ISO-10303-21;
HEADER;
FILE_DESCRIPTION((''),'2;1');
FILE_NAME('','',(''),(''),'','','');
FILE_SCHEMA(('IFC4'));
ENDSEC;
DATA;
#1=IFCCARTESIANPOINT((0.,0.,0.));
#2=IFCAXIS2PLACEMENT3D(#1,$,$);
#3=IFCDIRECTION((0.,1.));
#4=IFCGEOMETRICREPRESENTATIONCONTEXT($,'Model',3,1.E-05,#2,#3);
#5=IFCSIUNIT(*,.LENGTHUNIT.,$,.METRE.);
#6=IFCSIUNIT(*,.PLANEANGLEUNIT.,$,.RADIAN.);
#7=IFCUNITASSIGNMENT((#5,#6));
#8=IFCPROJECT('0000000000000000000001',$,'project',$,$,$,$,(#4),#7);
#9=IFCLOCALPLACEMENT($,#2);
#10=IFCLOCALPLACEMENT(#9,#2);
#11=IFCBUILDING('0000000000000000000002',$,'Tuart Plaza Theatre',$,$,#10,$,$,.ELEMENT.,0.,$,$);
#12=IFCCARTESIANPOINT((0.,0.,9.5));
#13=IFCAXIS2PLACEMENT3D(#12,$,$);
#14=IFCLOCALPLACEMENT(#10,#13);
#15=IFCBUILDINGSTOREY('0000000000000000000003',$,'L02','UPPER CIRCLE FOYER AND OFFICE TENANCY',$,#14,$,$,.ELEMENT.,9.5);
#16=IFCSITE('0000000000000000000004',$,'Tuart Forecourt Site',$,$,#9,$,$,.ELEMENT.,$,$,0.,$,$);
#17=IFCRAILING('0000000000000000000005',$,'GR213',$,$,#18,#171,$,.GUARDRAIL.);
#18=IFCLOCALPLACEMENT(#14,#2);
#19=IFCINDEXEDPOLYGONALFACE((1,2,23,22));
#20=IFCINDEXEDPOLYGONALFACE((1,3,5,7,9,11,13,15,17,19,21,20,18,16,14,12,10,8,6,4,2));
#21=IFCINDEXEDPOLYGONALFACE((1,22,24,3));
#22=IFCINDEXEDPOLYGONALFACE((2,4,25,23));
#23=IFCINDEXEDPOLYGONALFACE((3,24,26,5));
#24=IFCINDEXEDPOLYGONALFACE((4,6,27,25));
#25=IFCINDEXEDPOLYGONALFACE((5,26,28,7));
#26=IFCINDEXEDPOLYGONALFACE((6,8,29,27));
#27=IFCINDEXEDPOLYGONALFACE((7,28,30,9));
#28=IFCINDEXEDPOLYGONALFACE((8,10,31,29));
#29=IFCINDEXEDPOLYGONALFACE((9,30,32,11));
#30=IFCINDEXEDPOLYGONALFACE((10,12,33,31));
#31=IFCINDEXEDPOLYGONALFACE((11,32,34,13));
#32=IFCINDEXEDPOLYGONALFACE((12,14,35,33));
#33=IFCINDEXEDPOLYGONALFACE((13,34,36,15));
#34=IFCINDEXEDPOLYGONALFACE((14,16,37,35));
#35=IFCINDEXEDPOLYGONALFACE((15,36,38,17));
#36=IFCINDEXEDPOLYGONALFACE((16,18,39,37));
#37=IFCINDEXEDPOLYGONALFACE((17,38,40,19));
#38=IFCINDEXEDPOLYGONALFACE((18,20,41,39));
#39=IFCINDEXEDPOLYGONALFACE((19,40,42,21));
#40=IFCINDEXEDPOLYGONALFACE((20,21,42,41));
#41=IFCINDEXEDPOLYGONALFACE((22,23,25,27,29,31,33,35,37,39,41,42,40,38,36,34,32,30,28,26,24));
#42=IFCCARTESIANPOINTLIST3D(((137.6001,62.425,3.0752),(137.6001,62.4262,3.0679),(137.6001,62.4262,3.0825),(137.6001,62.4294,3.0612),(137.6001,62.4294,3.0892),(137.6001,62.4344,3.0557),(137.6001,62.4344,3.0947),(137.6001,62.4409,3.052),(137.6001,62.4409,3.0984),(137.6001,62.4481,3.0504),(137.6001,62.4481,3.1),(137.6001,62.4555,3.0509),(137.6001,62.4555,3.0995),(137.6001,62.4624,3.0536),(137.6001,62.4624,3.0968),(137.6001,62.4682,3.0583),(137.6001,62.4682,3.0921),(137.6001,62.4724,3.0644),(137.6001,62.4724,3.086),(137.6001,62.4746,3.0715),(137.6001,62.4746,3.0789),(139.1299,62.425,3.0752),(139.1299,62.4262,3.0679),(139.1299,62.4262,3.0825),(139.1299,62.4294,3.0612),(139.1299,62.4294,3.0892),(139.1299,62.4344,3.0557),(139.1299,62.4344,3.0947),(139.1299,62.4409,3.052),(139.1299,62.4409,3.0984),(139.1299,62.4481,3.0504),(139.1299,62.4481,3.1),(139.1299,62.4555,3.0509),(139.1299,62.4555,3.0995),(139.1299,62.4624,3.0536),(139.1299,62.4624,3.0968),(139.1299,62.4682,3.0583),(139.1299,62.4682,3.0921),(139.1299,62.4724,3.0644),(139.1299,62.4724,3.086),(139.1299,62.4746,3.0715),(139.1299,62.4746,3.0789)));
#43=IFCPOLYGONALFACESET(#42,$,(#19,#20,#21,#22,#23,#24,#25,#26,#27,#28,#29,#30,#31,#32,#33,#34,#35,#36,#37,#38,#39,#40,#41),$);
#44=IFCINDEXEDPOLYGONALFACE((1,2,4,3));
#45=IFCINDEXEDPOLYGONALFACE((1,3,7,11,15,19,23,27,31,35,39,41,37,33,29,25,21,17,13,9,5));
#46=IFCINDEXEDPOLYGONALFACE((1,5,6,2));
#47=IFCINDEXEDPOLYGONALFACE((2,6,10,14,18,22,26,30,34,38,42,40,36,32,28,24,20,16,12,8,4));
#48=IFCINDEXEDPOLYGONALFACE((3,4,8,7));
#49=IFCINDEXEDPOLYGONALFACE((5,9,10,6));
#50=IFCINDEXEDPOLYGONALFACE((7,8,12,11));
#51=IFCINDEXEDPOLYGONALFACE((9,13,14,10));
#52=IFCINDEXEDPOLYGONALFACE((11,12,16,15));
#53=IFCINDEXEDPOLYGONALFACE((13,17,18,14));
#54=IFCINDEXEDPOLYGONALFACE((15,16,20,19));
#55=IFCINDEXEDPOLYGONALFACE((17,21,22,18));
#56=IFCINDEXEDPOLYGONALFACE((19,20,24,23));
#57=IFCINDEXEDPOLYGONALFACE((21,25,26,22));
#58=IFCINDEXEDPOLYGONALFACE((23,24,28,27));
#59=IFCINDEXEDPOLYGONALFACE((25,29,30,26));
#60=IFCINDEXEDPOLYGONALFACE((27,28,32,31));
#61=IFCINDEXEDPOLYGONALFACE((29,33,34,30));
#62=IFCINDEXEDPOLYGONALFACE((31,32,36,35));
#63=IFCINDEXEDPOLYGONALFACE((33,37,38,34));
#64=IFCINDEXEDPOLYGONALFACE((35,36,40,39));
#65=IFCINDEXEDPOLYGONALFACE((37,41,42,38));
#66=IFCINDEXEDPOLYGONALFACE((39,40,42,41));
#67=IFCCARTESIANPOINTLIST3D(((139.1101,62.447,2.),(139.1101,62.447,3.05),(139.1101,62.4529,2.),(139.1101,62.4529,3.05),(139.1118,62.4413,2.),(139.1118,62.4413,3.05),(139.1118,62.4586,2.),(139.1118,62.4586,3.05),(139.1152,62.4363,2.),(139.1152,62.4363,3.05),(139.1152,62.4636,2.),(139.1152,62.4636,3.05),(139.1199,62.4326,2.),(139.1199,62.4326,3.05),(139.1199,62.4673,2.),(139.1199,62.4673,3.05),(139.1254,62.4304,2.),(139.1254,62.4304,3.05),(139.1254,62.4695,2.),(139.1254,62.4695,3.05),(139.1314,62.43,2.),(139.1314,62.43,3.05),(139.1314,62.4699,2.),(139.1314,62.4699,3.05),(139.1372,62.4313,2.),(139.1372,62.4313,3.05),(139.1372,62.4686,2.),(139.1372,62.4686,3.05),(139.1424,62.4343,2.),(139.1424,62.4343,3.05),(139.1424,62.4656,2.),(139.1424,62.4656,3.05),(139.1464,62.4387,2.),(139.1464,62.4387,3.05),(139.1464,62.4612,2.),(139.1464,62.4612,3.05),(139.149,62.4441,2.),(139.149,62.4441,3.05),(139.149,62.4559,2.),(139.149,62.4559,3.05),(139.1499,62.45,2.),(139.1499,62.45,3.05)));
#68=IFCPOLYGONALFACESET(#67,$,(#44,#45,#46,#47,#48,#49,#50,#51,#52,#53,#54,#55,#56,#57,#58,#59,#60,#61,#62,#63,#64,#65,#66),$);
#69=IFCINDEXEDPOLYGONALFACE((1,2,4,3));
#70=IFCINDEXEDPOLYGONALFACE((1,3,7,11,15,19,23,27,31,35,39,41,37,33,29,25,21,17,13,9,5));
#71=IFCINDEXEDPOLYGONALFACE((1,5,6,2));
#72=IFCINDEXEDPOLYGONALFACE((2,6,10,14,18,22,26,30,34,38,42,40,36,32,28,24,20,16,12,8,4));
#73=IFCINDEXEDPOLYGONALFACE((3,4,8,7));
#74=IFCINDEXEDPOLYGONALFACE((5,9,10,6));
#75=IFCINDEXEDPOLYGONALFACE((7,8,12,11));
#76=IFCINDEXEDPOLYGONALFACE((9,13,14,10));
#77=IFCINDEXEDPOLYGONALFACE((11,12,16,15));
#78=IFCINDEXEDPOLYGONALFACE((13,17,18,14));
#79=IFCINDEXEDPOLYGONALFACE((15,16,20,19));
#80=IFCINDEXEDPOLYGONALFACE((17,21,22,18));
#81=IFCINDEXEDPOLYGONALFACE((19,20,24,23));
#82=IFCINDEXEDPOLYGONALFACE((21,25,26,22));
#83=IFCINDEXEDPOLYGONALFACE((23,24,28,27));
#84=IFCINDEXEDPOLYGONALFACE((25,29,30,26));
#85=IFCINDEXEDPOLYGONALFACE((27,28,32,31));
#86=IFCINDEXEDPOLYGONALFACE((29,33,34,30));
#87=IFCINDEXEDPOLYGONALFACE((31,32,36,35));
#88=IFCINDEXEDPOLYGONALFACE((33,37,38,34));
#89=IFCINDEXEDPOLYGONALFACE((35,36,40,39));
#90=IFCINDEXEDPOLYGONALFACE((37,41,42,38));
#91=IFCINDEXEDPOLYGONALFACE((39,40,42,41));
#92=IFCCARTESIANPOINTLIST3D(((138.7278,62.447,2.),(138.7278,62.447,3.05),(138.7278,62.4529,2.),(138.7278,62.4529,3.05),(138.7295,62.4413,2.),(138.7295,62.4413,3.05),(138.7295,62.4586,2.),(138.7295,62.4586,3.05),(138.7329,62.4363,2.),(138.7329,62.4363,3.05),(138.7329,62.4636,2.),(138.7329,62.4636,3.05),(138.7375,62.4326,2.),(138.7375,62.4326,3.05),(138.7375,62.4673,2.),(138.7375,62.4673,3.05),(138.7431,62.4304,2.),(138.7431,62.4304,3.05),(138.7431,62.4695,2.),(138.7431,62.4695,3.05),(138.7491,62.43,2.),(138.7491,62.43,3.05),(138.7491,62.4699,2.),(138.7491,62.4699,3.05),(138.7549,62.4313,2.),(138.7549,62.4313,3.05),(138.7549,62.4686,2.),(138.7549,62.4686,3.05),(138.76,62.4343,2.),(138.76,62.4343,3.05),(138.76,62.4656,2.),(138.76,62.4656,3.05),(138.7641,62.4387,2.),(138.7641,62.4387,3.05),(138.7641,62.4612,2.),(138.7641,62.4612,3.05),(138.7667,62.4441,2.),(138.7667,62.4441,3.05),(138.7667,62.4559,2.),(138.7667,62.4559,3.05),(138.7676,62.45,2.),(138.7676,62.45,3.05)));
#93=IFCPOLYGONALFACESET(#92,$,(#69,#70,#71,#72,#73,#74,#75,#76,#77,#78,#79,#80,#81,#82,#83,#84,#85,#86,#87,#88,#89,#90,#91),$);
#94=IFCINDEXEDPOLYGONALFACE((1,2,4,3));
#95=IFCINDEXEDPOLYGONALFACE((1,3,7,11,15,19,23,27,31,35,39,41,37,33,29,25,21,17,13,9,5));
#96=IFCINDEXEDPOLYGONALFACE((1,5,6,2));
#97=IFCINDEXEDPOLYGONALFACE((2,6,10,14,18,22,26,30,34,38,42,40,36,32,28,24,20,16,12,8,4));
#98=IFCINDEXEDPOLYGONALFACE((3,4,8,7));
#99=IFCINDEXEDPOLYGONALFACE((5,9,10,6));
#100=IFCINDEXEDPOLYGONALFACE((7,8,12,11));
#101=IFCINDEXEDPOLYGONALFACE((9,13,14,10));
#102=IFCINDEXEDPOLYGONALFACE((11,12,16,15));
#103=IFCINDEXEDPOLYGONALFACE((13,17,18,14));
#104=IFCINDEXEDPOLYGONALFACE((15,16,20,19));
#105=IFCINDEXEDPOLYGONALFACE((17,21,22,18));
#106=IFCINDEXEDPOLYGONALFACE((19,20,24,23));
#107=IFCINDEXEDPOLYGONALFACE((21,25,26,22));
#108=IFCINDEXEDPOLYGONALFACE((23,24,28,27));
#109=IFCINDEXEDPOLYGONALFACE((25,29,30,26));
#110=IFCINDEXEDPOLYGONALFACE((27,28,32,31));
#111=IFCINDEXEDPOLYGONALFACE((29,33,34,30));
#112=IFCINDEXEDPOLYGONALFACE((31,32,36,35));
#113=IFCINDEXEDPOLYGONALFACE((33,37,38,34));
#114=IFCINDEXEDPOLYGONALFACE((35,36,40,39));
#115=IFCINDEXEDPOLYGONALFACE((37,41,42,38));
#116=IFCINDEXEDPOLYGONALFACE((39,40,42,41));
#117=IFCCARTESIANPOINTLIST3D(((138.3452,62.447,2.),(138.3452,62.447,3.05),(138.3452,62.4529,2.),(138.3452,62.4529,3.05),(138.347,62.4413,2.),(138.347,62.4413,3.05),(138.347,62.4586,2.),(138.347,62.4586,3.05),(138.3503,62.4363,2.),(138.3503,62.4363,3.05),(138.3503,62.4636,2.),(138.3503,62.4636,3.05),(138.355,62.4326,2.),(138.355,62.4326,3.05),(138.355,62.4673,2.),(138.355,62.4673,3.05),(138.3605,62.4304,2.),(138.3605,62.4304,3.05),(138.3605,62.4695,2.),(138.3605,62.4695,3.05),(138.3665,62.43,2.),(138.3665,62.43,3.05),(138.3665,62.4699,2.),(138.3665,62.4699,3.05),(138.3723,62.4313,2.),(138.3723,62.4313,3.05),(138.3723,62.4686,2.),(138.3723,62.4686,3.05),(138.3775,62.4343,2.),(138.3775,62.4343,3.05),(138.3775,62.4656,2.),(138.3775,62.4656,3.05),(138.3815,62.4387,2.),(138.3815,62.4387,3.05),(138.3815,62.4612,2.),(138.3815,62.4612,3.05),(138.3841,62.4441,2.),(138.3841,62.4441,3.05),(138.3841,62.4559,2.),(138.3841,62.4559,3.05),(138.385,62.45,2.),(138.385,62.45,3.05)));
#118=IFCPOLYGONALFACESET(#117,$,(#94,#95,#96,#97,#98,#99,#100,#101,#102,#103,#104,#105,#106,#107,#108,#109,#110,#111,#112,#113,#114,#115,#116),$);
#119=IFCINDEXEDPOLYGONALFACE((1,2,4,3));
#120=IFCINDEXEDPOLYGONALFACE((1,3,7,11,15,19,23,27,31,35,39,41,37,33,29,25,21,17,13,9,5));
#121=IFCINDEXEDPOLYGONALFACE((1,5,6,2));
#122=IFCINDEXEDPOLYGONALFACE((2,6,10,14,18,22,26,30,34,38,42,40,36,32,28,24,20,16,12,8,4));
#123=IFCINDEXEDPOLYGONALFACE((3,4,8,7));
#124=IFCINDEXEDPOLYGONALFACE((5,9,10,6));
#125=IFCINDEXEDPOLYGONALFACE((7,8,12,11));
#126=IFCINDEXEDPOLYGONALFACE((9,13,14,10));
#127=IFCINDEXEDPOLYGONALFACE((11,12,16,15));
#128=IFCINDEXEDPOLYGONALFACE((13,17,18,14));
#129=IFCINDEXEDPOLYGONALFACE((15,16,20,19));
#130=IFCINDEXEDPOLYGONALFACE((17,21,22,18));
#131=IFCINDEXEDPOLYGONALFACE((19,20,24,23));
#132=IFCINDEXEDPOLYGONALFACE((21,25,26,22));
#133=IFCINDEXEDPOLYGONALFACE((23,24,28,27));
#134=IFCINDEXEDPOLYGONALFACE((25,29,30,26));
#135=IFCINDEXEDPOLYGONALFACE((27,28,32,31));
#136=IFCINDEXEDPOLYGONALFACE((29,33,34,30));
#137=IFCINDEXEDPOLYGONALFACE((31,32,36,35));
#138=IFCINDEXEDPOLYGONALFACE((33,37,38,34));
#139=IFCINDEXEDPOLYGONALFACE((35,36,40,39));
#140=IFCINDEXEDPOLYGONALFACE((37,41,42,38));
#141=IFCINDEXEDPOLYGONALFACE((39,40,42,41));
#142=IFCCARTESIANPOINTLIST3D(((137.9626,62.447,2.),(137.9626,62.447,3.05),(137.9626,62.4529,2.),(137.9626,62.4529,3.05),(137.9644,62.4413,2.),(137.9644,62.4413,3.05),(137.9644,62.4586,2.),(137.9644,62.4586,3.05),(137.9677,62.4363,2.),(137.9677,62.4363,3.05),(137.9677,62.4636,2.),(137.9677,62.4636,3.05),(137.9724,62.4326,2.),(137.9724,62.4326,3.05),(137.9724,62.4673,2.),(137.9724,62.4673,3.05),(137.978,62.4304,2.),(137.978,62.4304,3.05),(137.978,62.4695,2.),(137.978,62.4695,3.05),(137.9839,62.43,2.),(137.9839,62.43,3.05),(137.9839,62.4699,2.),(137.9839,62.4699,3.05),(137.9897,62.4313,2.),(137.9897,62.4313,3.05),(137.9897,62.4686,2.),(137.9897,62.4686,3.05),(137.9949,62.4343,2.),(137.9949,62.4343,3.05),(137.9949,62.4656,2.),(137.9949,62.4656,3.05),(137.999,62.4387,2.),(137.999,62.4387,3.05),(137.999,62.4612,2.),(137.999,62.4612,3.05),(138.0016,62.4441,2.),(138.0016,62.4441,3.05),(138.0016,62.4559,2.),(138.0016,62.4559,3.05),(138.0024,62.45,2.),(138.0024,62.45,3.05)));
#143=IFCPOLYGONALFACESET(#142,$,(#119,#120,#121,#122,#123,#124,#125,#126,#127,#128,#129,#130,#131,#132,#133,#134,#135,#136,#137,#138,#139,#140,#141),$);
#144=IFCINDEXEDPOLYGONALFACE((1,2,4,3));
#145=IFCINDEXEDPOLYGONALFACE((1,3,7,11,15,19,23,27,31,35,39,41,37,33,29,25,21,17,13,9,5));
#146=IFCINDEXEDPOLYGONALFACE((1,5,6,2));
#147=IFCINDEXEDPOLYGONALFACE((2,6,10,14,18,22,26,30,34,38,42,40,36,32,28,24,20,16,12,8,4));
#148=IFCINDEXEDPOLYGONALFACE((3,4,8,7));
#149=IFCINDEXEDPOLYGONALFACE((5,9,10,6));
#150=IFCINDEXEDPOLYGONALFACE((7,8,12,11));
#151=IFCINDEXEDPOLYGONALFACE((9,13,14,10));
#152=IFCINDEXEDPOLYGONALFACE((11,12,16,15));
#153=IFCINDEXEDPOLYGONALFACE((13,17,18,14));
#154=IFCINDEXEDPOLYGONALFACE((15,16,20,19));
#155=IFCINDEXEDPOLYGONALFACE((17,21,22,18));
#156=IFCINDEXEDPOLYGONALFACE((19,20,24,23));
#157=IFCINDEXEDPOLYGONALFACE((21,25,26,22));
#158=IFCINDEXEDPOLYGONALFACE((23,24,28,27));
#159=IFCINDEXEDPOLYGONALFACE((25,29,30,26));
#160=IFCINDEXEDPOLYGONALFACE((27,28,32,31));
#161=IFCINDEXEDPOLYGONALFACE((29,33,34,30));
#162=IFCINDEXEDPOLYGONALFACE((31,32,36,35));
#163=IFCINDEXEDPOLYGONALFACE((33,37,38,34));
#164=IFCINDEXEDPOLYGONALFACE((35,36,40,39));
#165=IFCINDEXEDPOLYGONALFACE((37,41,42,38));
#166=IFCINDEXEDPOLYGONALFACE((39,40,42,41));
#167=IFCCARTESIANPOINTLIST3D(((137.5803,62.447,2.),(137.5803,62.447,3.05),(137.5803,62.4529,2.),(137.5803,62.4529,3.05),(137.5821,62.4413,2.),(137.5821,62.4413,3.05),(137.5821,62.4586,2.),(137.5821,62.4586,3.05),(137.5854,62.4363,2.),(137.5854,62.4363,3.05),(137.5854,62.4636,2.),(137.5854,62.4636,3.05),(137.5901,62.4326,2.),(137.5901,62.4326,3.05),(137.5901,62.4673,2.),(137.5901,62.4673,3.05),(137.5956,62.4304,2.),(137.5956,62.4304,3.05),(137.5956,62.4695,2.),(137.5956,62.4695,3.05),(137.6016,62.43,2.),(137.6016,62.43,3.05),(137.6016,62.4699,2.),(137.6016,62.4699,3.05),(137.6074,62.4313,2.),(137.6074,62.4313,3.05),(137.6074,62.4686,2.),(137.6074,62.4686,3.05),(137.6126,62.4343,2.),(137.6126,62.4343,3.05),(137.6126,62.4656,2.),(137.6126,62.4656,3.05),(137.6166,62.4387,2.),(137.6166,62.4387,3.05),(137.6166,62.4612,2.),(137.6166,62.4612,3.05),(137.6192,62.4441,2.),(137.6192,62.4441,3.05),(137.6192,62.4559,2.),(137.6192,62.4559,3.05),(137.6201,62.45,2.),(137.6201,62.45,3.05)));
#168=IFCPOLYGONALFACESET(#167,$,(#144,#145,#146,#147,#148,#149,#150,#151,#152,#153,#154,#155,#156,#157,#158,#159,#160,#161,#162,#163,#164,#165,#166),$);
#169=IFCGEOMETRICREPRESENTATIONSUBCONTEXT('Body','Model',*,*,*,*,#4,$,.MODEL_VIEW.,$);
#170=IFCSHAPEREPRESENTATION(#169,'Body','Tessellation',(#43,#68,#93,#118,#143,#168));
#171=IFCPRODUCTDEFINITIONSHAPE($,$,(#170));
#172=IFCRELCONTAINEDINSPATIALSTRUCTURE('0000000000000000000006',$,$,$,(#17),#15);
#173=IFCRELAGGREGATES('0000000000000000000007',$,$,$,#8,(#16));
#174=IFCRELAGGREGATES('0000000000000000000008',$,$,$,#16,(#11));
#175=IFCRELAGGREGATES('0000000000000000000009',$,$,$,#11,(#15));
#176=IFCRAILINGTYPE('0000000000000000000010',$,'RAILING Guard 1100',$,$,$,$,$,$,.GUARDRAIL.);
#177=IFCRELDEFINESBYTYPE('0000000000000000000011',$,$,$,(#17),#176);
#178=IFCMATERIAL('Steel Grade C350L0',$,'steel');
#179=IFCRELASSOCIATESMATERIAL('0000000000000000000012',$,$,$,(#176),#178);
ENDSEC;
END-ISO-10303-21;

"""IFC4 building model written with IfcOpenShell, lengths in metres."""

from ifc_helpers import new_model, si_unit, direction, frame, origin, origin_2d, place, context, subcontext, project, spatial, circle, extrude, material, type_object, element, save


model = new_model("IFC4")

# Units and contexts
model_context = context("Model", 3, precision=1e-05, world=origin(), true_north=direction((0.0, 1.0)))
body_context = subcontext(model_context, "Body", "Model", "MODEL_VIEW")
ifc_project = project(units=[si_unit("LENGTHUNIT", "METRE"), si_unit("PLANEANGLEUNIT", "RADIAN")], contexts=[model_context])

# Site, building, storey
site_placement = place(None, origin())
site = spatial("IfcSite", under=ifc_project, at=site_placement, Name="Tuart Forecourt Site", CompositionType="ELEMENT", RefElevation=0.0)
building_placement = place(site_placement, origin())
building = spatial("IfcBuilding", under=site, at=building_placement, Name="Tuart Plaza Theatre", CompositionType="ELEMENT", ElevationOfRefHeight=0.0)
storey_placement = place(building_placement, frame((0.0, 0.0, 9.5)))
storey = spatial("IfcBuildingStorey", under=building, at=storey_placement, Name="L02", Description="UPPER CIRCLE FOYER AND OFFICE TENANCY", CompositionType="ELEMENT", Elevation=9.5)

# Railing
ifc_material_1 = material(Name="Steel Grade C350L0", Category="steel")
railing_type_1 = type_object("IfcRailingType", Name="RAILING Guard 1100", PredefinedType="GUARDRAIL", material=ifc_material_1)
railing_1_placement = place(storey_placement, frame((139.1299, 62.45, 2.0)))
element("IfcRailing", 1, at=railing_1_placement, inside=storey, type_object=railing_type_1, Name="GR213", PredefinedType="GUARDRAIL", context=body_context, shape_type="SweptSolid", body=[
    extrude(circle(Radius=0.0249, at=origin_2d()), frame((0.0, 0.0, 1.0752), z_axis=(-1.0, 0.0, 0.0), x_axis=(0.0, -1.0, 0.0)), (0.0, 0.0, 1.0), 1.5298),
    extrude(circle(Radius=0.02, at=origin_2d()), origin(), (0.0, 0.0, 1.0), 1.05),
    extrude(circle(Radius=0.02, at=origin_2d()), frame((-0.3823, 0.0, 0.0)), (0.0, 0.0, 1.0), 1.05),
    extrude(circle(Radius=0.02, at=origin_2d()), frame((-0.7649, 0.0, 0.0)), (0.0, 0.0, 1.0), 1.05),
    extrude(circle(Radius=0.02, at=origin_2d()), frame((-1.1475, 0.0, 0.0)), (0.0, 0.0, 1.0), 1.05),
    extrude(circle(Radius=0.02, at=origin_2d()), frame((-1.5298, 0.0, 0.0)), (0.0, 0.0, 1.0), 1.05),
])

save(model, "model.ifc")
